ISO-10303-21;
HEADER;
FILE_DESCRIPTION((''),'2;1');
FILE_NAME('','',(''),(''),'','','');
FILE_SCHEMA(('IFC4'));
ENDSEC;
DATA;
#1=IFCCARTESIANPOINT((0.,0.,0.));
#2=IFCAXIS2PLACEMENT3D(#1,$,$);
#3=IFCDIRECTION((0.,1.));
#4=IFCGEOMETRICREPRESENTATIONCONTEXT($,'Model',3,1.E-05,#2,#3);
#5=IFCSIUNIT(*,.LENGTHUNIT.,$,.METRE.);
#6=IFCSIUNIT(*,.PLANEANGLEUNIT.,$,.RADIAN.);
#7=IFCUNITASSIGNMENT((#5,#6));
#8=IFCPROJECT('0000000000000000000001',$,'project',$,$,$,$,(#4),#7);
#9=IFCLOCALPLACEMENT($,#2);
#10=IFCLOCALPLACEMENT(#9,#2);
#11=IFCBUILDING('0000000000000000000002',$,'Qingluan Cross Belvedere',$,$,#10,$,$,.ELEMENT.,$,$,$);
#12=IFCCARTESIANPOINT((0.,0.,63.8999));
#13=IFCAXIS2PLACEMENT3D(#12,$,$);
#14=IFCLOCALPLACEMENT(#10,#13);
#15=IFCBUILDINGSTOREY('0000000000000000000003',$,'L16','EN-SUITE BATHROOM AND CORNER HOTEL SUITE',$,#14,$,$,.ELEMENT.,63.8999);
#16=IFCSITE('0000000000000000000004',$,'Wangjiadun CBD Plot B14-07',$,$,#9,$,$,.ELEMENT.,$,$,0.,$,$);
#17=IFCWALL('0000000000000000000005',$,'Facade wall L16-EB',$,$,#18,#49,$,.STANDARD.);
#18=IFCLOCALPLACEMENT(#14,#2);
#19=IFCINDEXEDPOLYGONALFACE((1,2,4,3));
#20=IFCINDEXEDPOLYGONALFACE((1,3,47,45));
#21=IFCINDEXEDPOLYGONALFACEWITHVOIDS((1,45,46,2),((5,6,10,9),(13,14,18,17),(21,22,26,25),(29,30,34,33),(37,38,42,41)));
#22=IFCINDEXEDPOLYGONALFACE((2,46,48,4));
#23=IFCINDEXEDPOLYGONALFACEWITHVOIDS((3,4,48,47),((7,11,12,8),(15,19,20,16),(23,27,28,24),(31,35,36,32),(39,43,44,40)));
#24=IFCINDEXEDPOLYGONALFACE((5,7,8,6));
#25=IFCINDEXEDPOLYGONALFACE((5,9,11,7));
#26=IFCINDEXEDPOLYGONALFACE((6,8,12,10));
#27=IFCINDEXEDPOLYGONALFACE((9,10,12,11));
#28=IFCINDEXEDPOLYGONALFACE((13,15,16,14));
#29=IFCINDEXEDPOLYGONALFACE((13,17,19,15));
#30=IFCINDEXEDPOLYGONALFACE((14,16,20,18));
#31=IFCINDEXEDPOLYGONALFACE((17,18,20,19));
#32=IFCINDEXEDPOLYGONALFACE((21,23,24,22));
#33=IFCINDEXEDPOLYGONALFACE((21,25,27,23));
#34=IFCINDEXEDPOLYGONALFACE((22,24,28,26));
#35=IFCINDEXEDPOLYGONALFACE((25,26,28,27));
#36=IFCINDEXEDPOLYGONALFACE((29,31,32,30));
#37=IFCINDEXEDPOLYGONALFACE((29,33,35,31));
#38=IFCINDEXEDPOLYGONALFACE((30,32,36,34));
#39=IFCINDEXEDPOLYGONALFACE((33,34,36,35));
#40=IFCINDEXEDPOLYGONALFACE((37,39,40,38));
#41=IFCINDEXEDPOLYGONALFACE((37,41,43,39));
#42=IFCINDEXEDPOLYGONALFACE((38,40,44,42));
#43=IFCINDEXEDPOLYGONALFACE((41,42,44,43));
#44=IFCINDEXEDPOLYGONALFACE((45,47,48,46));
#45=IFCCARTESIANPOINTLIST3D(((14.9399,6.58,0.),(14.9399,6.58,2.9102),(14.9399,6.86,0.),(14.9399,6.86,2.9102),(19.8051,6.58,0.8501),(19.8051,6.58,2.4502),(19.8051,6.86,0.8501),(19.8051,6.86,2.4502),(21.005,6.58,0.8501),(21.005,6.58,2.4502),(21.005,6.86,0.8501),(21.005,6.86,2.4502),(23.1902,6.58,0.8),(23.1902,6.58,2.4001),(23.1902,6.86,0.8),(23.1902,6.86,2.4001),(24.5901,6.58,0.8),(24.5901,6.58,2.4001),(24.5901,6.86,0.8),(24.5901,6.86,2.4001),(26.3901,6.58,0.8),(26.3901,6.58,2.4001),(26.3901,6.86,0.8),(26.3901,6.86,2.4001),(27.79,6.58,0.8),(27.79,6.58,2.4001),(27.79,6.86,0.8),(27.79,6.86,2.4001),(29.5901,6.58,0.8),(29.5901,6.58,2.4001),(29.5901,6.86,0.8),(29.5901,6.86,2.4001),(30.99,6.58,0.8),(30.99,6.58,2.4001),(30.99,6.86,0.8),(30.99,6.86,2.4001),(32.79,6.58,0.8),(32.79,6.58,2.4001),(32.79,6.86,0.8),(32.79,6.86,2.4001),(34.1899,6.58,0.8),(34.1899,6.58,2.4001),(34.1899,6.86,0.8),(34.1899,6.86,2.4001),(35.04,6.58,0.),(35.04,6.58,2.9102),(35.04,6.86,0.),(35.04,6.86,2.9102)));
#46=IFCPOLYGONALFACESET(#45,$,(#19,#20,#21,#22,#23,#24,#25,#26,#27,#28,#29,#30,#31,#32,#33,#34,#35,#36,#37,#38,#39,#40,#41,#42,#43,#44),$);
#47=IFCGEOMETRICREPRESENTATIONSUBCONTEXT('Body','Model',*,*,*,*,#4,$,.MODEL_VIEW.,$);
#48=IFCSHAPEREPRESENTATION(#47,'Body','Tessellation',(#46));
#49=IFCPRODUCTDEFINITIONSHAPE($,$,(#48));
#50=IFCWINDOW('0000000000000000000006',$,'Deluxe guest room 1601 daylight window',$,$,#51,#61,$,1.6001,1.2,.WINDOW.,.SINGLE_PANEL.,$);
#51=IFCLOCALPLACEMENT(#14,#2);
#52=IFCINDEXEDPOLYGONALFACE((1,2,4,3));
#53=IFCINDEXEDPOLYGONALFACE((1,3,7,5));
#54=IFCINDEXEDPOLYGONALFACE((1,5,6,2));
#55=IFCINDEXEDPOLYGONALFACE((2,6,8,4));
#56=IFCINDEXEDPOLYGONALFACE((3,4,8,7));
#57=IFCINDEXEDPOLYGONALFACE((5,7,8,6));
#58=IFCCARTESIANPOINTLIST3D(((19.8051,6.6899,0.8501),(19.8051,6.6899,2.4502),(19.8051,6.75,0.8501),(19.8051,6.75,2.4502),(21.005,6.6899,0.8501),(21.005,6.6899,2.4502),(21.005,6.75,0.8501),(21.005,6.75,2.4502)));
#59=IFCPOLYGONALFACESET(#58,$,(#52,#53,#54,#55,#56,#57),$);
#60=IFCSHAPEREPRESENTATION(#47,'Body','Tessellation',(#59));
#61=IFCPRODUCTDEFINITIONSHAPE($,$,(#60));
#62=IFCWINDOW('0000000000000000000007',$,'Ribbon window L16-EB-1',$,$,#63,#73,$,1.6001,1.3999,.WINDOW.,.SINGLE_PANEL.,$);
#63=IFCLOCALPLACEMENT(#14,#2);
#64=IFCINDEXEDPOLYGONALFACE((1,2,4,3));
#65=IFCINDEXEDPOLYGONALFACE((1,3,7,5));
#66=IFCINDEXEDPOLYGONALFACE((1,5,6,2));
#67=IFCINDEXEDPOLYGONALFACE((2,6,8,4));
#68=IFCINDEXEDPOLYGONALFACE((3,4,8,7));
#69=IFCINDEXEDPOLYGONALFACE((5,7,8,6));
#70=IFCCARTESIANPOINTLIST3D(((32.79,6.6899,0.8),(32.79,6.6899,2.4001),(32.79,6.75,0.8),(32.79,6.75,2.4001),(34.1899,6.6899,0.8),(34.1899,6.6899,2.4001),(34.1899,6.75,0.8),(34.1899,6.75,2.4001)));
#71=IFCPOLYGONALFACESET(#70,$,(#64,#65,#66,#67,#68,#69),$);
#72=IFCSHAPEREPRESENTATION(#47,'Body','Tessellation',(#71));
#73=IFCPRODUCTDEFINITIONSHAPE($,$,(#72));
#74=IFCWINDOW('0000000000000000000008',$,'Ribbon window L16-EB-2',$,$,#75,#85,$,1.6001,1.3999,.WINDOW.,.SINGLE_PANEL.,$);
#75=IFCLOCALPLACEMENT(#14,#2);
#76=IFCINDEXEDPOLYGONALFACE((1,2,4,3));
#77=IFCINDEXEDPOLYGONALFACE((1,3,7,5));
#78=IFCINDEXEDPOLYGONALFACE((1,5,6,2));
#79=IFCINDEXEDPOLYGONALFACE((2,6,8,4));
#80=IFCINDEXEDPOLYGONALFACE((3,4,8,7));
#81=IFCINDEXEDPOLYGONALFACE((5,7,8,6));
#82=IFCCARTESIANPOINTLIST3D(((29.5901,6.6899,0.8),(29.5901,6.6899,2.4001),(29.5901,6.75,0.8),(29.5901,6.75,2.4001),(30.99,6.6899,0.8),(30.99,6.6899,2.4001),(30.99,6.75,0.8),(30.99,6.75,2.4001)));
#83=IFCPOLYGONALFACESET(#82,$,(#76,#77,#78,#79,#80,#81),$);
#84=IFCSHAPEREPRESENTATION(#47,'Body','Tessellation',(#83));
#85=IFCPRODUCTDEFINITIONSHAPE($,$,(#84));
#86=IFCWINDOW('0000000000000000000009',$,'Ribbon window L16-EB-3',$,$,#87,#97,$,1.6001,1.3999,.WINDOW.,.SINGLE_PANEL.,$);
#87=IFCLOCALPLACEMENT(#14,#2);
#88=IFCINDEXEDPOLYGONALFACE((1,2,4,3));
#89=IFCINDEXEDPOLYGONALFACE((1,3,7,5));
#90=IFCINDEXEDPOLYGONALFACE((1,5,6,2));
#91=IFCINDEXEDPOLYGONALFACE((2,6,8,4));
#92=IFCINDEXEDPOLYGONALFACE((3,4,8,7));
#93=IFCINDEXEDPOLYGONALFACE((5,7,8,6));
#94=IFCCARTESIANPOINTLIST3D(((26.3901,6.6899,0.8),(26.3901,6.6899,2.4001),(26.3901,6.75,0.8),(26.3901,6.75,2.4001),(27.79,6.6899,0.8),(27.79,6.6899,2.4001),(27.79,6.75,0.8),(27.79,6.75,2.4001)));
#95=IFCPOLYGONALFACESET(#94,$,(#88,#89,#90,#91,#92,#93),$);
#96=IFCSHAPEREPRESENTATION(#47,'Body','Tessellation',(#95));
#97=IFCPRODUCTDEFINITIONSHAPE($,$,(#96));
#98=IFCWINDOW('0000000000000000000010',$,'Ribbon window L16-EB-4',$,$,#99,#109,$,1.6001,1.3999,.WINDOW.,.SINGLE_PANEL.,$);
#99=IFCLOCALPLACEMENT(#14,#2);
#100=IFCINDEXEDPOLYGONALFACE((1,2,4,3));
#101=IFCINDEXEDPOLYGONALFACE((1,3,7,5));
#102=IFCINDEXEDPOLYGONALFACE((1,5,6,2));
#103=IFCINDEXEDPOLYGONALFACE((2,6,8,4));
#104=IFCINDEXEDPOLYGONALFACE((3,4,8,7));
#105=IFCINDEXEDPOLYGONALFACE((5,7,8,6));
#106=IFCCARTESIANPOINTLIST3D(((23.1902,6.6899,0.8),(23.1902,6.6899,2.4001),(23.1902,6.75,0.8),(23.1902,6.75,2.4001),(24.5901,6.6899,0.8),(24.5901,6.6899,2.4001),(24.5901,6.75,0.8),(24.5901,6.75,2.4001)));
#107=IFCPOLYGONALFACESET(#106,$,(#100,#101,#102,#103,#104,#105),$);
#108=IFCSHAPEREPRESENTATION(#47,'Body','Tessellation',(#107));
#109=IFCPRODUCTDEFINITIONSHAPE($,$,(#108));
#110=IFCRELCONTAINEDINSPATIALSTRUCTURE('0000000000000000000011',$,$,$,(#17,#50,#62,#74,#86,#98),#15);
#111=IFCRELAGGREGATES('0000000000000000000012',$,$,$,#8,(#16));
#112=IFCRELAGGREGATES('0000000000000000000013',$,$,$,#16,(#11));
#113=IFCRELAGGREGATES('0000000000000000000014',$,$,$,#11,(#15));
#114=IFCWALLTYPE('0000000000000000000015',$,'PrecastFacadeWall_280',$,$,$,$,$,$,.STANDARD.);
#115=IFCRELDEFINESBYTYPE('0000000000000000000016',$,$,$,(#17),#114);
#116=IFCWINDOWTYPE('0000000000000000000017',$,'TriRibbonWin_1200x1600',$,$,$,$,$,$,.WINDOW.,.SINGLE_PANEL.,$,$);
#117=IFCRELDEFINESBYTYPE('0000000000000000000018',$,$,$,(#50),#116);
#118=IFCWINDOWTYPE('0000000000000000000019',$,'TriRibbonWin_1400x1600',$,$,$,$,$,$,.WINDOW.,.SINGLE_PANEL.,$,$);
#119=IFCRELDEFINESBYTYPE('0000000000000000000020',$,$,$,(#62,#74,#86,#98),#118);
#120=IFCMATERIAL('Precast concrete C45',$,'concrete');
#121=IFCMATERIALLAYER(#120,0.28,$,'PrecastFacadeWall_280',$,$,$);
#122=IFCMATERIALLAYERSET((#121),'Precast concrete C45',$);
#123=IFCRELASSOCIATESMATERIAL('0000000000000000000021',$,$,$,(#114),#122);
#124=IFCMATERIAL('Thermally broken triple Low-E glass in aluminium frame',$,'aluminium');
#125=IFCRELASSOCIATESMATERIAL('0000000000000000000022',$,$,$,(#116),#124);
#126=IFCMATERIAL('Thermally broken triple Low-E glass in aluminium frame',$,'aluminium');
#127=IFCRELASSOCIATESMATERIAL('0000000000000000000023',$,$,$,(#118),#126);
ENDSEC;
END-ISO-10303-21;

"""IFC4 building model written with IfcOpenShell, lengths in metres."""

from ifc_helpers import new_model, si_unit, direction, frame, frame_2d, origin, place, context, subcontext, project, spatial, rectangle, extrude, material, layer, layer_set, type_object, element, fill, save


model = new_model("IFC4")

# Units and contexts
model_context = context("Model", 3, precision=1e-05, world=origin(), true_north=direction((0.0, 1.0)))
body_context = subcontext(model_context, "Body", "Model", "MODEL_VIEW")
ifc_project = project(units=[si_unit("LENGTHUNIT", "METRE"), si_unit("PLANEANGLEUNIT", "RADIAN")], contexts=[model_context])

# Site, building, storey
site_placement = place(None, origin())
site = spatial("IfcSite", under=ifc_project, at=site_placement, Name="Wangjiadun CBD Plot B14-07", CompositionType="ELEMENT", RefElevation=0.0)
building_placement = place(site_placement, origin())
building = spatial("IfcBuilding", under=site, at=building_placement, Name="Qingluan Cross Belvedere", CompositionType="ELEMENT")
storey_placement = place(building_placement, frame((0.0, 0.0, 63.8999)))
storey = spatial("IfcBuildingStorey", under=building, at=storey_placement, Name="L16", Description="EN-SUITE BATHROOM AND CORNER HOTEL SUITE", CompositionType="ELEMENT", Elevation=63.8999)

# Wall, openings, windows
ifc_material_1 = material(Name="Precast concrete C45", Category="concrete")
ifc_layer_1 = layer(ifc_material_1, 0.28, Name="PrecastFacadeWall_280")
ifc_layer_set_1 = layer_set([ifc_layer_1], Name="Precast concrete C45")
wall_type_1 = type_object("IfcWallType", Name="PrecastFacadeWall_280", PredefinedType="STANDARD", material=ifc_layer_set_1)
wall_1_placement = place(storey_placement, frame((35.04, 6.72, 0.0), z_axis=(0.0, 0.0, 1.0), x_axis=(-1.0, 0.0, 0.0)))
wall_1 = element("IfcWall", 1, at=wall_1_placement, inside=storey, type_object=wall_type_1, Name="Facade wall L16-EB", PredefinedType="STANDARD", context=body_context, shape_type="SweptSolid", body=[
    extrude(rectangle(XDim=20.1001, YDim=0.28, at=frame_2d((10.05, 0.0))), origin(), (0.0, 0.0, 1.0), 2.9102),
])
opening_1_placement = place(wall_1_placement, frame((0.8501, 0.0, 0.8)))
opening_1 = element("IfcOpeningElement", 2, at=opening_1_placement, cuts=wall_1, PredefinedType="OPENING", context=body_context, shape_type="SweptSolid", body=[
    extrude(rectangle(XDim=1.3999, YDim=1.6001, at=frame_2d((0.7, 0.8))), frame((0.0, 0.1499, 0.0), z_axis=(0.0, -1.0, 0.0), x_axis=(1.0, 0.0, 0.0)), (0.0, 0.0, 1.0), 0.3),
])
opening_2_placement = place(wall_1_placement, frame((4.05, 0.0, 0.8)))
opening_2 = element("IfcOpeningElement", 3, at=opening_2_placement, cuts=wall_1, PredefinedType="OPENING", context=body_context, shape_type="SweptSolid", body=[
    extrude(rectangle(XDim=1.3999, YDim=1.6001, at=frame_2d((0.7, 0.8))), frame((0.0, 0.1499, 0.0), z_axis=(0.0, -1.0, 0.0), x_axis=(1.0, 0.0, 0.0)), (0.0, 0.0, 1.0), 0.3),
])
opening_3_placement = place(wall_1_placement, frame((7.25, 0.0, 0.8)))
opening_3 = element("IfcOpeningElement", 4, at=opening_3_placement, cuts=wall_1, PredefinedType="OPENING", context=body_context, shape_type="SweptSolid", body=[
    extrude(rectangle(XDim=1.3999, YDim=1.6001, at=frame_2d((0.7, 0.8))), frame((0.0, 0.1499, 0.0), z_axis=(0.0, -1.0, 0.0), x_axis=(1.0, 0.0, 0.0)), (0.0, 0.0, 1.0), 0.3),
])
opening_4_placement = place(wall_1_placement, frame((10.45, 0.0, 0.8)))
opening_4 = element("IfcOpeningElement", 5, at=opening_4_placement, cuts=wall_1, PredefinedType="OPENING", context=body_context, shape_type="SweptSolid", body=[
    extrude(rectangle(XDim=1.3999, YDim=1.6001, at=frame_2d((0.7, 0.8))), frame((0.0, 0.1499, 0.0), z_axis=(0.0, -1.0, 0.0), x_axis=(1.0, 0.0, 0.0)), (0.0, 0.0, 1.0), 0.3),
])
opening_5_placement = place(wall_1_placement, frame((14.0349, 0.0, 0.8501)))
opening_5 = element("IfcOpeningElement", 6, at=opening_5_placement, cuts=wall_1, PredefinedType="OPENING", context=body_context, shape_type="SweptSolid", body=[
    extrude(rectangle(XDim=1.2, YDim=1.6001, at=frame_2d((0.6001, 0.8))), frame((0.0, 0.1499, 0.0), z_axis=(0.0, -1.0, 0.0), x_axis=(1.0, 0.0, 0.0)), (0.0, 0.0, 1.0), 0.3),
])
ifc_material_2 = material(Name="Thermally broken triple Low-E glass in aluminium frame", Category="aluminium")
window_type_1 = type_object("IfcWindowType", Name="TriRibbonWin_1200x1600", PartitioningType="SINGLE_PANEL", PredefinedType="WINDOW", material=ifc_material_2)
window_1_placement = place(opening_5_placement, origin())
window_1 = element("IfcWindow", 7, at=window_1_placement, inside=storey, type_object=window_type_1, Name="Deluxe guest room 1601 daylight window", OverallHeight=1.6001, OverallWidth=1.2, PartitioningType="SINGLE_PANEL", PredefinedType="WINDOW", context=body_context, shape_type="SweptSolid", body=[
    extrude(rectangle(XDim=1.2, YDim=1.6001, at=frame_2d((0.6001, 0.8))), frame((0.0, 0.03, 0.0), z_axis=(0.0, -1.0, 0.0), x_axis=(1.0, 0.0, 0.0)), (0.0, 0.0, 1.0), 0.0601),
])
fill(opening_5, window_1)
ifc_material_3 = material(Name="Thermally broken triple Low-E glass in aluminium frame", Category="aluminium")
window_type_2 = type_object("IfcWindowType", Name="TriRibbonWin_1400x1600", PartitioningType="SINGLE_PANEL", PredefinedType="WINDOW", material=ifc_material_3)
window_2_placement = place(opening_1_placement, origin())
window_2 = element("IfcWindow", 8, at=window_2_placement, inside=storey, type_object=window_type_2, Name="Ribbon window L16-EB-1", OverallHeight=1.6001, OverallWidth=1.3999, PartitioningType="SINGLE_PANEL", PredefinedType="WINDOW", context=body_context, shape_type="SweptSolid", body=[
    extrude(rectangle(XDim=1.3999, YDim=1.6001, at=frame_2d((0.7, 0.8))), frame((0.0, 0.03, 0.0), z_axis=(0.0, -1.0, 0.0), x_axis=(1.0, 0.0, 0.0)), (0.0, 0.0, 1.0), 0.0601),
])
fill(opening_1, window_2)
window_3_placement = place(opening_2_placement, origin())
window_3 = element("IfcWindow", 9, at=window_3_placement, inside=storey, type_object=window_type_2, Name="Ribbon window L16-EB-2", OverallHeight=1.6001, OverallWidth=1.3999, PartitioningType="SINGLE_PANEL", PredefinedType="WINDOW", context=body_context, shape_type="SweptSolid", body=[
    extrude(rectangle(XDim=1.3999, YDim=1.6001, at=frame_2d((0.7, 0.8))), frame((0.0, 0.03, 0.0), z_axis=(0.0, -1.0, 0.0), x_axis=(1.0, 0.0, 0.0)), (0.0, 0.0, 1.0), 0.0601),
])
fill(opening_2, window_3)
window_4_placement = place(opening_3_placement, origin())
window_4 = element("IfcWindow", 10, at=window_4_placement, inside=storey, type_object=window_type_2, Name="Ribbon window L16-EB-3", OverallHeight=1.6001, OverallWidth=1.3999, PartitioningType="SINGLE_PANEL", PredefinedType="WINDOW", context=body_context, shape_type="SweptSolid", body=[
    extrude(rectangle(XDim=1.3999, YDim=1.6001, at=frame_2d((0.7, 0.8))), frame((0.0, 0.03, 0.0), z_axis=(0.0, -1.0, 0.0), x_axis=(1.0, 0.0, 0.0)), (0.0, 0.0, 1.0), 0.0601),
])
fill(opening_3, window_4)
window_5_placement = place(opening_4_placement, origin())
window_5 = element("IfcWindow", 11, at=window_5_placement, inside=storey, type_object=window_type_2, Name="Ribbon window L16-EB-4", OverallHeight=1.6001, OverallWidth=1.3999, PartitioningType="SINGLE_PANEL", PredefinedType="WINDOW", context=body_context, shape_type="SweptSolid", body=[
    extrude(rectangle(XDim=1.3999, YDim=1.6001, at=frame_2d((0.7, 0.8))), frame((0.0, 0.03, 0.0), z_axis=(0.0, -1.0, 0.0), x_axis=(1.0, 0.0, 0.0)), (0.0, 0.0, 1.0), 0.0601),
])
fill(opening_4, window_5)

save(model, "model.ifc")
